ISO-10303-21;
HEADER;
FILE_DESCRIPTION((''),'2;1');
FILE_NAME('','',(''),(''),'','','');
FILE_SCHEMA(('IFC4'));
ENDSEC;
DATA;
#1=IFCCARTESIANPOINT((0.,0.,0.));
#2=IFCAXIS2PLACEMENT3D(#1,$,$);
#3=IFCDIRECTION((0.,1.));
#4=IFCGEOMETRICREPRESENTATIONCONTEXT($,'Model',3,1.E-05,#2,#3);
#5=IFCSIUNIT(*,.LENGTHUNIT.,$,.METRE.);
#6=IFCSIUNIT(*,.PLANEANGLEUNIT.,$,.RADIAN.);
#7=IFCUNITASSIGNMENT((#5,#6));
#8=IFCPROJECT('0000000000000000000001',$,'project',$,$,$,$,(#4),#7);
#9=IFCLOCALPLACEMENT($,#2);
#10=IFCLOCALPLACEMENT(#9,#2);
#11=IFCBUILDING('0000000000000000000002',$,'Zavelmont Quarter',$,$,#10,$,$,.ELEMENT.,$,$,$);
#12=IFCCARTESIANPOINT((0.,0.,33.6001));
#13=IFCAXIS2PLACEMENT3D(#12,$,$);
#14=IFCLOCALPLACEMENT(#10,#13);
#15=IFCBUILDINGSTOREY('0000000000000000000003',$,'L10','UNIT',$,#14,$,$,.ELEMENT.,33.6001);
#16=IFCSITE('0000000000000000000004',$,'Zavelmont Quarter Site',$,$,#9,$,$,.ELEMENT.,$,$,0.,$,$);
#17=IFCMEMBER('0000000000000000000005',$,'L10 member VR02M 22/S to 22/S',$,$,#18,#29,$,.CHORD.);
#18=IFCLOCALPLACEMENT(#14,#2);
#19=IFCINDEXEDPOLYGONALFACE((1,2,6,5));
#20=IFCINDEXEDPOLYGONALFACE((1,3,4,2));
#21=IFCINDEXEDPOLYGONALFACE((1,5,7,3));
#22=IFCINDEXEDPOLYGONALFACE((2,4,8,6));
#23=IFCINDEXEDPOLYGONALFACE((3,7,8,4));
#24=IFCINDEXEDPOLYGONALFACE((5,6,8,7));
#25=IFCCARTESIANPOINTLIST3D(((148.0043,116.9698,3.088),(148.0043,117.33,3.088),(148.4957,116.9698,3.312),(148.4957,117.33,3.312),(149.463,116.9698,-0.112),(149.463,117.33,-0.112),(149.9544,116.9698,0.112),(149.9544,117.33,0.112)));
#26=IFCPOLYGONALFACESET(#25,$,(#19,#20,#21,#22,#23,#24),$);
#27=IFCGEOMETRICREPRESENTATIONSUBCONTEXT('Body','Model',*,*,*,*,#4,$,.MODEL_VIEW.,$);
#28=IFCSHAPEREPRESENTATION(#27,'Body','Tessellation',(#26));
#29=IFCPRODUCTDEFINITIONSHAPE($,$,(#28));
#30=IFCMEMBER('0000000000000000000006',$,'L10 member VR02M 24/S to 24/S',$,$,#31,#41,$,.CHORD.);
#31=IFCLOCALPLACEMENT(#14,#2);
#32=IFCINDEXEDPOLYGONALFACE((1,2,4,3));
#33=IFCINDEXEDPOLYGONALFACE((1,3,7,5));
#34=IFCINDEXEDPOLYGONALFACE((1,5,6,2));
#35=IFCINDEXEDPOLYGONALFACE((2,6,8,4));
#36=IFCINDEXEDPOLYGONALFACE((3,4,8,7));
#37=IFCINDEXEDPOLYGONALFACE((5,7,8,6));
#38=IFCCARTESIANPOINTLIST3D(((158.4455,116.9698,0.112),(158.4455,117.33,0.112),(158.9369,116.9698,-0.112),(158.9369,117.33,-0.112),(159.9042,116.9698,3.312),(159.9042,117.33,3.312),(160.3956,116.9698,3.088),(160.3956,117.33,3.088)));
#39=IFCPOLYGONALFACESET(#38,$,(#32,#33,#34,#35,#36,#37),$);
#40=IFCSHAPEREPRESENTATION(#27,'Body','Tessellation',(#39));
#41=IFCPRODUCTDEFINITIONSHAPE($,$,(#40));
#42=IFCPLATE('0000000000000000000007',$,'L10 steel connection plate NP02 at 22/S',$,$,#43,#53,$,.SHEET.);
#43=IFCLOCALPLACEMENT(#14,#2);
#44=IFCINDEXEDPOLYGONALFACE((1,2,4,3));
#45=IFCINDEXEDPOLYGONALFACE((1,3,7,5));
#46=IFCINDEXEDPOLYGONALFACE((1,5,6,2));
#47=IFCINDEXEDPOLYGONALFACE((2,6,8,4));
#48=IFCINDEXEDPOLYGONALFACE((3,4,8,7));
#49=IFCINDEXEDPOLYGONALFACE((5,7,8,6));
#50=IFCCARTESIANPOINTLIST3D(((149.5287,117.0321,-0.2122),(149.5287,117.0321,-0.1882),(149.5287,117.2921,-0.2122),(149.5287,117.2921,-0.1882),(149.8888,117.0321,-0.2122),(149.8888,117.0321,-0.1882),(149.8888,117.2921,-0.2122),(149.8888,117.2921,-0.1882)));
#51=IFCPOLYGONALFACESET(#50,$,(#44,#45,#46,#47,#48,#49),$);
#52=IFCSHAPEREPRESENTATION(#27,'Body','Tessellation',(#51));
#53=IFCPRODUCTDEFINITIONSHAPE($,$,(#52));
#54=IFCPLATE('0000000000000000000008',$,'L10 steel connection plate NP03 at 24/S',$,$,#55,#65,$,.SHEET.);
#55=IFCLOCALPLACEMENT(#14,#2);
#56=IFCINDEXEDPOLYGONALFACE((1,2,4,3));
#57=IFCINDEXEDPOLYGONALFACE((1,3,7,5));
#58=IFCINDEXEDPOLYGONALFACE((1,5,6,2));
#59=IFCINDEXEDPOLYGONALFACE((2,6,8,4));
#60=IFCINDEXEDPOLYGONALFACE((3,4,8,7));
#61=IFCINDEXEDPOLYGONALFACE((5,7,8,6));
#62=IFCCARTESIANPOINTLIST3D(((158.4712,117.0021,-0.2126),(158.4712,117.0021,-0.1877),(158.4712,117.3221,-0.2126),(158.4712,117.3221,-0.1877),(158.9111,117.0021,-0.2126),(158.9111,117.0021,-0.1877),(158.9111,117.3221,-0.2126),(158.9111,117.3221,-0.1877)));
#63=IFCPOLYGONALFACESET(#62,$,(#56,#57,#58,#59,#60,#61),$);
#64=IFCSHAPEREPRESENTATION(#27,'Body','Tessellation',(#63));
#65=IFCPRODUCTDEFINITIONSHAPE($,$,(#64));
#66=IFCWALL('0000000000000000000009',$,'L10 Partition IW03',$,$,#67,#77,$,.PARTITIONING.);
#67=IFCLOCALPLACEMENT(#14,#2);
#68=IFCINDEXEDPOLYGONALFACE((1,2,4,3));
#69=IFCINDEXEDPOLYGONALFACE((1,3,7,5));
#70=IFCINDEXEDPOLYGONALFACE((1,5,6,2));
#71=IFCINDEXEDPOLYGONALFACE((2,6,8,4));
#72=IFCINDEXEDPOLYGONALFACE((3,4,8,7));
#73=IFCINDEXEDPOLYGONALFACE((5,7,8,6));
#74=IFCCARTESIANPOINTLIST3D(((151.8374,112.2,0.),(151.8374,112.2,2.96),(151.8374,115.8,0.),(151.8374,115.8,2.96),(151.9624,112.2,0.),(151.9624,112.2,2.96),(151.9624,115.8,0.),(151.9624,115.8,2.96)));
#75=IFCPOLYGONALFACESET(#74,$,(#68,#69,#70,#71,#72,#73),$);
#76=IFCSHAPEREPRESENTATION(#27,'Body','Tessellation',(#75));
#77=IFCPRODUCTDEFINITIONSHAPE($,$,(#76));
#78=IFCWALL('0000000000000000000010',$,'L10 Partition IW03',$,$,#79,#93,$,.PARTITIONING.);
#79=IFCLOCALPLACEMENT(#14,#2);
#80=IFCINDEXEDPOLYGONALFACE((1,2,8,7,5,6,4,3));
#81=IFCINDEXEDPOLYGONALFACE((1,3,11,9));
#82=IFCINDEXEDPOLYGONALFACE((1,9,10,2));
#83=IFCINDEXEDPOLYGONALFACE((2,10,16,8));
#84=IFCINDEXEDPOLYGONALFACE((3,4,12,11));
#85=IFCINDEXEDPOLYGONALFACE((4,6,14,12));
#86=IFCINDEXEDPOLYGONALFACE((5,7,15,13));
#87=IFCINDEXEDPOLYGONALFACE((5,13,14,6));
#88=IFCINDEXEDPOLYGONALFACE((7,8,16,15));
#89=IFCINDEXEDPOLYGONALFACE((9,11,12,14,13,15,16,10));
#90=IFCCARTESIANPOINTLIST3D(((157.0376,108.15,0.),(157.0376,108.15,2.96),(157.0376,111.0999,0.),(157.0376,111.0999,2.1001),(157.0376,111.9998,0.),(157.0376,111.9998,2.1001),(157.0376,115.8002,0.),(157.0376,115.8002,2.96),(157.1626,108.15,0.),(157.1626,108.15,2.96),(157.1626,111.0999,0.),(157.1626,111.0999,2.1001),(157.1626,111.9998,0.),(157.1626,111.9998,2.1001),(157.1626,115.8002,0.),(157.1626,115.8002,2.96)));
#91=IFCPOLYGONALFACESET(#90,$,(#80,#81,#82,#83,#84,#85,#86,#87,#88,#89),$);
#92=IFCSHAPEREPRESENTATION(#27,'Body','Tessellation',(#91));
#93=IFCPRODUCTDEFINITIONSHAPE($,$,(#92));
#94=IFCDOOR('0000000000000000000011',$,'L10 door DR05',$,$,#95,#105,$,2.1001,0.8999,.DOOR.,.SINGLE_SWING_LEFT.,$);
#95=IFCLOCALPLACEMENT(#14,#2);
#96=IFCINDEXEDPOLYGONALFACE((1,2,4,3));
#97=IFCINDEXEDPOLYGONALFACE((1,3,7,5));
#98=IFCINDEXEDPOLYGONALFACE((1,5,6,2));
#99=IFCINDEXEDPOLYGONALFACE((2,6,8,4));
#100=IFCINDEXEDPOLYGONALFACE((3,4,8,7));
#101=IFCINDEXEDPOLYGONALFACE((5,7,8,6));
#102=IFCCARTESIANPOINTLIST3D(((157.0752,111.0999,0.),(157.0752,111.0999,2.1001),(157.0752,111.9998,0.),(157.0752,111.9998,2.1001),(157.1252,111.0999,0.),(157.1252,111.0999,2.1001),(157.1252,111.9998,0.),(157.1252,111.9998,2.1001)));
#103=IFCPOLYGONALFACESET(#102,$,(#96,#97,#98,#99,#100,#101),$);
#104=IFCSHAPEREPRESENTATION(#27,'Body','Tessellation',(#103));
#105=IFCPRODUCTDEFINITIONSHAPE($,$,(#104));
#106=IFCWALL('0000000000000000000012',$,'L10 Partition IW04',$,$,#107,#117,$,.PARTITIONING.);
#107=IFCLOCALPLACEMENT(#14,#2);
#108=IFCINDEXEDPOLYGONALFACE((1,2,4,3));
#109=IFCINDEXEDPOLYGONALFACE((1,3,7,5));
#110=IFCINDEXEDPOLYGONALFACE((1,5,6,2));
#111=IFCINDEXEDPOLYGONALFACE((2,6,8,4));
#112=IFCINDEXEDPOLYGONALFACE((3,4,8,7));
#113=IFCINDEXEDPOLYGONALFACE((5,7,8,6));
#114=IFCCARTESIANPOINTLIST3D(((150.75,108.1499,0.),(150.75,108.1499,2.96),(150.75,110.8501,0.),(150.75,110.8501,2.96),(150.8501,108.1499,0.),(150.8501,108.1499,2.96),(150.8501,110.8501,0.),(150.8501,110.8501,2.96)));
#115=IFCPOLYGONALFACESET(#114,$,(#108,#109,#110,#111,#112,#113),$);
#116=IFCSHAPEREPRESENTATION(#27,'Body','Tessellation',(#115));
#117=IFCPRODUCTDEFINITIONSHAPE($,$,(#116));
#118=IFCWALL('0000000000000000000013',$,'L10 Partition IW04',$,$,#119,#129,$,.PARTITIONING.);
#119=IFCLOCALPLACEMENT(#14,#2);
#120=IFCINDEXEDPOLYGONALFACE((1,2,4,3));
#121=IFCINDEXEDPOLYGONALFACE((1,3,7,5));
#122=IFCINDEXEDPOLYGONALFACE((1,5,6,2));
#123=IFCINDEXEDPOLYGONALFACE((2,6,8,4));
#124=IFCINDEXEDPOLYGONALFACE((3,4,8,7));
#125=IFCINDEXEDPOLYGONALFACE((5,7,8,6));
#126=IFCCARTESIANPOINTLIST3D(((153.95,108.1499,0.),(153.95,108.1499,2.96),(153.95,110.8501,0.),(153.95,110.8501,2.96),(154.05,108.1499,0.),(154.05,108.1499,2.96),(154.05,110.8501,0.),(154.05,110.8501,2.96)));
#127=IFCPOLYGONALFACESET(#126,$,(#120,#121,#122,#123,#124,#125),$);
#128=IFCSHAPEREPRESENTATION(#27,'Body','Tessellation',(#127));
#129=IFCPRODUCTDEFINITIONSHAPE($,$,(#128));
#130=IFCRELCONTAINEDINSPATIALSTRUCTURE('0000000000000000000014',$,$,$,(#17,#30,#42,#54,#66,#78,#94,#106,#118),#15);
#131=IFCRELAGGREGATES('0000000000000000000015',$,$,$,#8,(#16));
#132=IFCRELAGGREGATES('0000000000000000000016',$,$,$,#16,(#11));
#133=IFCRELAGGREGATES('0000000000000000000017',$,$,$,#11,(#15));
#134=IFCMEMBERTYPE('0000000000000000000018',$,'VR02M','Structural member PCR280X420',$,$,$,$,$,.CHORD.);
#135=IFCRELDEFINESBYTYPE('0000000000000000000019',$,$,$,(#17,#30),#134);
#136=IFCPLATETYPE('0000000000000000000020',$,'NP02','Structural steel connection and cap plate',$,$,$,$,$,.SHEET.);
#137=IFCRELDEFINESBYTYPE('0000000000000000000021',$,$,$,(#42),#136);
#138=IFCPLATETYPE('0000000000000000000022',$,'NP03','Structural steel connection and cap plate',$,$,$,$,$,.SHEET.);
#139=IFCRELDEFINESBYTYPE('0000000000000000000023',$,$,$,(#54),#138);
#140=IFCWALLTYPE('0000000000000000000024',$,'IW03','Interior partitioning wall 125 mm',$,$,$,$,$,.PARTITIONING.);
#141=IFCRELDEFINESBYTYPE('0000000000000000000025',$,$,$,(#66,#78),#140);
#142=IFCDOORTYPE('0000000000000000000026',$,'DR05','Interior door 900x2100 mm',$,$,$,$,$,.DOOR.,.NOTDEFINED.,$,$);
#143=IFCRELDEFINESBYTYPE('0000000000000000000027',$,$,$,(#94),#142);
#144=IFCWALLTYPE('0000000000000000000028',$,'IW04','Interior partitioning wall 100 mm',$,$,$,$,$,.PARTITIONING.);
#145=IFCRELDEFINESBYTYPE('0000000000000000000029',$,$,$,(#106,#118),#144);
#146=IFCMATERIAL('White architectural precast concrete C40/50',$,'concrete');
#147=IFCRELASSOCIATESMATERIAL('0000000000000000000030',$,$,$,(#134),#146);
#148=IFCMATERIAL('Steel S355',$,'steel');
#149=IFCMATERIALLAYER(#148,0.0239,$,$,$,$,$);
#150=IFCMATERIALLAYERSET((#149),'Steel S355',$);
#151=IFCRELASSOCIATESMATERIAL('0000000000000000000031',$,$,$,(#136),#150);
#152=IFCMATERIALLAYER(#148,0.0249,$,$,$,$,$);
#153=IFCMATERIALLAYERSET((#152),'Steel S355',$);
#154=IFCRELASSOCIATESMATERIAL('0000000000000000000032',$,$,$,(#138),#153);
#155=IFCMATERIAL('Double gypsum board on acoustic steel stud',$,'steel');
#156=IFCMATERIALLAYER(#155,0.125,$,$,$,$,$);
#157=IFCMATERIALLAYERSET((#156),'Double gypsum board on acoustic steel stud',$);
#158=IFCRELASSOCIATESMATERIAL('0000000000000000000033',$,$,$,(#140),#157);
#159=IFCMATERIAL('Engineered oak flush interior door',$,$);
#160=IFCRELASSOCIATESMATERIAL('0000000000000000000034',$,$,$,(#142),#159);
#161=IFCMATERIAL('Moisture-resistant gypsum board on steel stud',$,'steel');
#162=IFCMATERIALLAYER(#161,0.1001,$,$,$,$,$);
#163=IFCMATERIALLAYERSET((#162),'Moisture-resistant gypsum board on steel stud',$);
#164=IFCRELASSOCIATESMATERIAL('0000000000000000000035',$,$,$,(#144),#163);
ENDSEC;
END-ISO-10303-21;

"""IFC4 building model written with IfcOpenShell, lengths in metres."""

from ifc_helpers import new_model, si_unit, direction, frame, frame_2d, origin, origin_with_axes, origin_2d, place, context, subcontext, project, spatial, rectangle, extrude, material, layer, layer_set, material_profile, profile_set, type_object, element, fill, save


model = new_model("IFC4")

# Units and contexts
model_context = context("Model", 3, precision=1e-05, world=origin(), true_north=direction((0.0, 1.0)))
body_context = subcontext(model_context, "Body", "Model", "MODEL_VIEW")
ifc_project = project(units=[si_unit("LENGTHUNIT", "METRE"), si_unit("PLANEANGLEUNIT", "RADIAN")], contexts=[model_context])

# Site, building, storey
site_placement = place(None, origin())
site = spatial("IfcSite", under=ifc_project, at=site_placement, Name="Zavelmont Quarter Site", CompositionType="ELEMENT", RefElevation=0.0)
building_placement = place(site_placement, origin())
building = spatial("IfcBuilding", under=site, at=building_placement, Name="Zavelmont Quarter", CompositionType="ELEMENT")
storey_placement = place(building_placement, frame((0.0, 0.0, 33.6001)))
storey = spatial("IfcBuildingStorey", under=building, at=storey_placement, Name="L10", Description="UNIT", CompositionType="ELEMENT", Elevation=33.6001)

# Shared definitions
ifc_material_1 = material(Name="Steel S355", Category="steel")

# Members
ifc_material_2 = material(Name="White architectural precast concrete C40/50", Category="concrete")
ifc_material_profile_1 = material_profile(ifc_material_2, rectangle(XDim=0.3601, YDim=0.54, at=origin_2d()), Name="PCR280X420")
ifc_profile_set_1 = profile_set([ifc_material_profile_1], Name="White architectural precast concrete C40/50")
member_type = type_object("IfcMemberType", Name="VR02M", Description="Structural member PCR280X420", PredefinedType="CHORD", material=ifc_profile_set_1)
for number, where, z_axis, x_axis, name in (
    (1, (149.7087, 117.1499, 0.0), (-0.414796, 0.0, 0.909914), (0.0, -1.0, 0.0), "L10 member VR02M 22/S to 22/S"),
    (2, (158.6912, 117.1499, 0.0), (0.414796, 0.0, 0.909914), (0.0, 1.0, 0.0), "L10 member VR02M 24/S to 24/S"),
):
    element("IfcMember", number, at=place(storey_placement, frame(where, z_axis=z_axis, x_axis=x_axis)), inside=storey, type_object=member_type, Name=name, PredefinedType="CHORD", context=body_context, shape_type="SweptSolid", body=[
        extrude(rectangle(XDim=0.3601, YDim=0.54, at=origin_2d()), origin(), (0.0, 0.0, 1.0), 3.5168),
    ])

# Plates
ifc_layer_1 = layer(ifc_material_1, 0.0239)
ifc_layer_set_1 = layer_set([ifc_layer_1], Name="Steel S355")
plate_type_1 = type_object("IfcPlateType", Name="NP02", Description="Structural steel connection and cap plate", PredefinedType="SHEET", material=ifc_layer_set_1)
plate_1_placement = place(storey_placement, frame((149.7087, 117.1621, -0.2122), z_axis=(0.0, 0.0, 1.0), x_axis=(1.0, 0.0, 0.0)))
element("IfcPlate", 3, at=plate_1_placement, inside=storey, type_object=plate_type_1, Name="L10 steel connection plate NP02 at 22/S", PredefinedType="SHEET", context=body_context, shape_type="SweptSolid", body=[
    extrude(rectangle(XDim=0.3601, YDim=0.26, at=origin_2d()), origin(), (0.0, 0.0, 1.0), 0.0239),
])
ifc_layer_2 = layer(ifc_material_1, 0.0249)
ifc_layer_set_2 = layer_set([ifc_layer_2], Name="Steel S355")
plate_type_2 = type_object("IfcPlateType", Name="NP03", Description="Structural steel connection and cap plate", PredefinedType="SHEET", material=ifc_layer_set_2)
plate_2_placement = place(storey_placement, frame((158.6912, 117.1621, -0.2126), z_axis=(0.0, 0.0, 1.0), x_axis=(1.0, 0.0, 0.0)))
element("IfcPlate", 4, at=plate_2_placement, inside=storey, type_object=plate_type_2, Name="L10 steel connection plate NP03 at 24/S", PredefinedType="SHEET", context=body_context, shape_type="SweptSolid", body=[
    extrude(rectangle(XDim=0.4399, YDim=0.3201, at=origin_2d()), origin(), (0.0, 0.0, 1.0), 0.0249),
])

# Wall
ifc_material_3 = material(Name="Double gypsum board on acoustic steel stud", Category="steel")
ifc_layer_3 = layer(ifc_material_3, 0.125)
ifc_layer_set_3 = layer_set([ifc_layer_3], Name="Double gypsum board on acoustic steel stud")
wall_type_1 = type_object("IfcWallType", Name="IW03", Description="Interior partitioning wall 125 mm", PredefinedType="PARTITIONING", material=ifc_layer_set_3)
wall_1_placement = place(storey_placement, frame((151.8999, 112.2, 0.0), z_axis=(0.0, 0.0, 1.0), x_axis=(0.0, 1.0, 0.0)))
element("IfcWall", 5, at=wall_1_placement, inside=storey, type_object=wall_type_1, Name="L10 Partition IW03", PredefinedType="PARTITIONING", context=body_context, shape_type="SweptSolid", body=[
    extrude(rectangle(XDim=3.6001, YDim=0.125, at=frame_2d((1.8, 0.0))), origin(), (0.0, 0.0, 1.0), 2.96),
])

# Wall, opening, door
wall_2_placement = place(storey_placement, frame((157.1001, 108.1499, 0.0), z_axis=(0.0, 0.0, 1.0), x_axis=(0.0, 1.0, 0.0)))
wall_2 = element("IfcWall", 6, at=wall_2_placement, inside=storey, type_object=wall_type_1, Name="L10 Partition IW03", PredefinedType="PARTITIONING", context=body_context, shape_type="SweptSolid", body=[
    extrude(rectangle(XDim=7.6501, YDim=0.125, at=frame_2d((3.8252, 0.0))), origin(), (0.0, 0.0, 1.0), 2.96),
])
opening_placement = place(wall_2_placement, frame((2.95, 0.0, 0.0)))
opening = element("IfcOpeningElement", 7, at=opening_placement, cuts=wall_2, PredefinedType="OPENING", context=body_context, shape_type="SweptSolid", body=[
    extrude(rectangle(XDim=0.8999, YDim=2.1001, at=frame_2d((0.45, 1.05))), frame((0.0, 0.0745, 0.0), z_axis=(0.0, -1.0, 0.0), x_axis=(1.0, 0.0, 0.0)), (0.0, 0.0, 1.0), 0.1489),
])
ifc_material_4 = material(Name="Engineered oak flush interior door")
door_type = type_object("IfcDoorType", Name="DR05", Description="Interior door 900x2100 mm", OperationType="NOTDEFINED", PredefinedType="DOOR", material=ifc_material_4)
door_placement = place(opening_placement, origin_with_axes())
door = element("IfcDoor", 8, at=door_placement, inside=storey, type_object=door_type, Name="L10 door DR05", OperationType="SINGLE_SWING_LEFT", OverallHeight=2.1001, OverallWidth=0.8999, PredefinedType="DOOR", context=body_context, shape_type="SweptSolid", body=[
    extrude(rectangle(XDim=0.8999, YDim=2.1001, at=frame_2d((0.45, 1.05))), frame((0.0, 0.0249, 0.0), z_axis=(0.0, -1.0, 0.0), x_axis=(1.0, 0.0, 0.0)), (0.0, 0.0, 1.0), 0.05),
])
fill(opening, door)

# Walls
ifc_material_5 = material(Name="Moisture-resistant gypsum board on steel stud", Category="steel")
ifc_layer_4 = layer(ifc_material_5, 0.1001)
ifc_layer_set_4 = layer_set([ifc_layer_4], Name="Moisture-resistant gypsum board on steel stud")
wall_type_2 = type_object("IfcWallType", Name="IW04", Description="Interior partitioning wall 100 mm", PredefinedType="PARTITIONING", material=ifc_layer_set_4)
for number, where, z_axis, x_axis, name in (
    (9, (150.8, 108.1499, 0.0), (0.0, 0.0, 1.0), (0.0, 1.0, 0.0), "L10 Partition IW04"),
    (10, (154.0, 108.1499, 0.0), (0.0, 0.0, 1.0), (0.0, 1.0, 0.0), "L10 Partition IW04"),
):
    element("IfcWall", number, at=place(storey_placement, frame(where, z_axis=z_axis, x_axis=x_axis)), inside=storey, type_object=wall_type_2, Name=name, PredefinedType="PARTITIONING", context=body_context, shape_type="SweptSolid", body=[
        extrude(rectangle(XDim=2.7002, YDim=0.1001, at=frame_2d((1.3501, 0.0))), origin(), (0.0, 0.0, 1.0), 2.96),
    ])

save(model, "model.ifc")
